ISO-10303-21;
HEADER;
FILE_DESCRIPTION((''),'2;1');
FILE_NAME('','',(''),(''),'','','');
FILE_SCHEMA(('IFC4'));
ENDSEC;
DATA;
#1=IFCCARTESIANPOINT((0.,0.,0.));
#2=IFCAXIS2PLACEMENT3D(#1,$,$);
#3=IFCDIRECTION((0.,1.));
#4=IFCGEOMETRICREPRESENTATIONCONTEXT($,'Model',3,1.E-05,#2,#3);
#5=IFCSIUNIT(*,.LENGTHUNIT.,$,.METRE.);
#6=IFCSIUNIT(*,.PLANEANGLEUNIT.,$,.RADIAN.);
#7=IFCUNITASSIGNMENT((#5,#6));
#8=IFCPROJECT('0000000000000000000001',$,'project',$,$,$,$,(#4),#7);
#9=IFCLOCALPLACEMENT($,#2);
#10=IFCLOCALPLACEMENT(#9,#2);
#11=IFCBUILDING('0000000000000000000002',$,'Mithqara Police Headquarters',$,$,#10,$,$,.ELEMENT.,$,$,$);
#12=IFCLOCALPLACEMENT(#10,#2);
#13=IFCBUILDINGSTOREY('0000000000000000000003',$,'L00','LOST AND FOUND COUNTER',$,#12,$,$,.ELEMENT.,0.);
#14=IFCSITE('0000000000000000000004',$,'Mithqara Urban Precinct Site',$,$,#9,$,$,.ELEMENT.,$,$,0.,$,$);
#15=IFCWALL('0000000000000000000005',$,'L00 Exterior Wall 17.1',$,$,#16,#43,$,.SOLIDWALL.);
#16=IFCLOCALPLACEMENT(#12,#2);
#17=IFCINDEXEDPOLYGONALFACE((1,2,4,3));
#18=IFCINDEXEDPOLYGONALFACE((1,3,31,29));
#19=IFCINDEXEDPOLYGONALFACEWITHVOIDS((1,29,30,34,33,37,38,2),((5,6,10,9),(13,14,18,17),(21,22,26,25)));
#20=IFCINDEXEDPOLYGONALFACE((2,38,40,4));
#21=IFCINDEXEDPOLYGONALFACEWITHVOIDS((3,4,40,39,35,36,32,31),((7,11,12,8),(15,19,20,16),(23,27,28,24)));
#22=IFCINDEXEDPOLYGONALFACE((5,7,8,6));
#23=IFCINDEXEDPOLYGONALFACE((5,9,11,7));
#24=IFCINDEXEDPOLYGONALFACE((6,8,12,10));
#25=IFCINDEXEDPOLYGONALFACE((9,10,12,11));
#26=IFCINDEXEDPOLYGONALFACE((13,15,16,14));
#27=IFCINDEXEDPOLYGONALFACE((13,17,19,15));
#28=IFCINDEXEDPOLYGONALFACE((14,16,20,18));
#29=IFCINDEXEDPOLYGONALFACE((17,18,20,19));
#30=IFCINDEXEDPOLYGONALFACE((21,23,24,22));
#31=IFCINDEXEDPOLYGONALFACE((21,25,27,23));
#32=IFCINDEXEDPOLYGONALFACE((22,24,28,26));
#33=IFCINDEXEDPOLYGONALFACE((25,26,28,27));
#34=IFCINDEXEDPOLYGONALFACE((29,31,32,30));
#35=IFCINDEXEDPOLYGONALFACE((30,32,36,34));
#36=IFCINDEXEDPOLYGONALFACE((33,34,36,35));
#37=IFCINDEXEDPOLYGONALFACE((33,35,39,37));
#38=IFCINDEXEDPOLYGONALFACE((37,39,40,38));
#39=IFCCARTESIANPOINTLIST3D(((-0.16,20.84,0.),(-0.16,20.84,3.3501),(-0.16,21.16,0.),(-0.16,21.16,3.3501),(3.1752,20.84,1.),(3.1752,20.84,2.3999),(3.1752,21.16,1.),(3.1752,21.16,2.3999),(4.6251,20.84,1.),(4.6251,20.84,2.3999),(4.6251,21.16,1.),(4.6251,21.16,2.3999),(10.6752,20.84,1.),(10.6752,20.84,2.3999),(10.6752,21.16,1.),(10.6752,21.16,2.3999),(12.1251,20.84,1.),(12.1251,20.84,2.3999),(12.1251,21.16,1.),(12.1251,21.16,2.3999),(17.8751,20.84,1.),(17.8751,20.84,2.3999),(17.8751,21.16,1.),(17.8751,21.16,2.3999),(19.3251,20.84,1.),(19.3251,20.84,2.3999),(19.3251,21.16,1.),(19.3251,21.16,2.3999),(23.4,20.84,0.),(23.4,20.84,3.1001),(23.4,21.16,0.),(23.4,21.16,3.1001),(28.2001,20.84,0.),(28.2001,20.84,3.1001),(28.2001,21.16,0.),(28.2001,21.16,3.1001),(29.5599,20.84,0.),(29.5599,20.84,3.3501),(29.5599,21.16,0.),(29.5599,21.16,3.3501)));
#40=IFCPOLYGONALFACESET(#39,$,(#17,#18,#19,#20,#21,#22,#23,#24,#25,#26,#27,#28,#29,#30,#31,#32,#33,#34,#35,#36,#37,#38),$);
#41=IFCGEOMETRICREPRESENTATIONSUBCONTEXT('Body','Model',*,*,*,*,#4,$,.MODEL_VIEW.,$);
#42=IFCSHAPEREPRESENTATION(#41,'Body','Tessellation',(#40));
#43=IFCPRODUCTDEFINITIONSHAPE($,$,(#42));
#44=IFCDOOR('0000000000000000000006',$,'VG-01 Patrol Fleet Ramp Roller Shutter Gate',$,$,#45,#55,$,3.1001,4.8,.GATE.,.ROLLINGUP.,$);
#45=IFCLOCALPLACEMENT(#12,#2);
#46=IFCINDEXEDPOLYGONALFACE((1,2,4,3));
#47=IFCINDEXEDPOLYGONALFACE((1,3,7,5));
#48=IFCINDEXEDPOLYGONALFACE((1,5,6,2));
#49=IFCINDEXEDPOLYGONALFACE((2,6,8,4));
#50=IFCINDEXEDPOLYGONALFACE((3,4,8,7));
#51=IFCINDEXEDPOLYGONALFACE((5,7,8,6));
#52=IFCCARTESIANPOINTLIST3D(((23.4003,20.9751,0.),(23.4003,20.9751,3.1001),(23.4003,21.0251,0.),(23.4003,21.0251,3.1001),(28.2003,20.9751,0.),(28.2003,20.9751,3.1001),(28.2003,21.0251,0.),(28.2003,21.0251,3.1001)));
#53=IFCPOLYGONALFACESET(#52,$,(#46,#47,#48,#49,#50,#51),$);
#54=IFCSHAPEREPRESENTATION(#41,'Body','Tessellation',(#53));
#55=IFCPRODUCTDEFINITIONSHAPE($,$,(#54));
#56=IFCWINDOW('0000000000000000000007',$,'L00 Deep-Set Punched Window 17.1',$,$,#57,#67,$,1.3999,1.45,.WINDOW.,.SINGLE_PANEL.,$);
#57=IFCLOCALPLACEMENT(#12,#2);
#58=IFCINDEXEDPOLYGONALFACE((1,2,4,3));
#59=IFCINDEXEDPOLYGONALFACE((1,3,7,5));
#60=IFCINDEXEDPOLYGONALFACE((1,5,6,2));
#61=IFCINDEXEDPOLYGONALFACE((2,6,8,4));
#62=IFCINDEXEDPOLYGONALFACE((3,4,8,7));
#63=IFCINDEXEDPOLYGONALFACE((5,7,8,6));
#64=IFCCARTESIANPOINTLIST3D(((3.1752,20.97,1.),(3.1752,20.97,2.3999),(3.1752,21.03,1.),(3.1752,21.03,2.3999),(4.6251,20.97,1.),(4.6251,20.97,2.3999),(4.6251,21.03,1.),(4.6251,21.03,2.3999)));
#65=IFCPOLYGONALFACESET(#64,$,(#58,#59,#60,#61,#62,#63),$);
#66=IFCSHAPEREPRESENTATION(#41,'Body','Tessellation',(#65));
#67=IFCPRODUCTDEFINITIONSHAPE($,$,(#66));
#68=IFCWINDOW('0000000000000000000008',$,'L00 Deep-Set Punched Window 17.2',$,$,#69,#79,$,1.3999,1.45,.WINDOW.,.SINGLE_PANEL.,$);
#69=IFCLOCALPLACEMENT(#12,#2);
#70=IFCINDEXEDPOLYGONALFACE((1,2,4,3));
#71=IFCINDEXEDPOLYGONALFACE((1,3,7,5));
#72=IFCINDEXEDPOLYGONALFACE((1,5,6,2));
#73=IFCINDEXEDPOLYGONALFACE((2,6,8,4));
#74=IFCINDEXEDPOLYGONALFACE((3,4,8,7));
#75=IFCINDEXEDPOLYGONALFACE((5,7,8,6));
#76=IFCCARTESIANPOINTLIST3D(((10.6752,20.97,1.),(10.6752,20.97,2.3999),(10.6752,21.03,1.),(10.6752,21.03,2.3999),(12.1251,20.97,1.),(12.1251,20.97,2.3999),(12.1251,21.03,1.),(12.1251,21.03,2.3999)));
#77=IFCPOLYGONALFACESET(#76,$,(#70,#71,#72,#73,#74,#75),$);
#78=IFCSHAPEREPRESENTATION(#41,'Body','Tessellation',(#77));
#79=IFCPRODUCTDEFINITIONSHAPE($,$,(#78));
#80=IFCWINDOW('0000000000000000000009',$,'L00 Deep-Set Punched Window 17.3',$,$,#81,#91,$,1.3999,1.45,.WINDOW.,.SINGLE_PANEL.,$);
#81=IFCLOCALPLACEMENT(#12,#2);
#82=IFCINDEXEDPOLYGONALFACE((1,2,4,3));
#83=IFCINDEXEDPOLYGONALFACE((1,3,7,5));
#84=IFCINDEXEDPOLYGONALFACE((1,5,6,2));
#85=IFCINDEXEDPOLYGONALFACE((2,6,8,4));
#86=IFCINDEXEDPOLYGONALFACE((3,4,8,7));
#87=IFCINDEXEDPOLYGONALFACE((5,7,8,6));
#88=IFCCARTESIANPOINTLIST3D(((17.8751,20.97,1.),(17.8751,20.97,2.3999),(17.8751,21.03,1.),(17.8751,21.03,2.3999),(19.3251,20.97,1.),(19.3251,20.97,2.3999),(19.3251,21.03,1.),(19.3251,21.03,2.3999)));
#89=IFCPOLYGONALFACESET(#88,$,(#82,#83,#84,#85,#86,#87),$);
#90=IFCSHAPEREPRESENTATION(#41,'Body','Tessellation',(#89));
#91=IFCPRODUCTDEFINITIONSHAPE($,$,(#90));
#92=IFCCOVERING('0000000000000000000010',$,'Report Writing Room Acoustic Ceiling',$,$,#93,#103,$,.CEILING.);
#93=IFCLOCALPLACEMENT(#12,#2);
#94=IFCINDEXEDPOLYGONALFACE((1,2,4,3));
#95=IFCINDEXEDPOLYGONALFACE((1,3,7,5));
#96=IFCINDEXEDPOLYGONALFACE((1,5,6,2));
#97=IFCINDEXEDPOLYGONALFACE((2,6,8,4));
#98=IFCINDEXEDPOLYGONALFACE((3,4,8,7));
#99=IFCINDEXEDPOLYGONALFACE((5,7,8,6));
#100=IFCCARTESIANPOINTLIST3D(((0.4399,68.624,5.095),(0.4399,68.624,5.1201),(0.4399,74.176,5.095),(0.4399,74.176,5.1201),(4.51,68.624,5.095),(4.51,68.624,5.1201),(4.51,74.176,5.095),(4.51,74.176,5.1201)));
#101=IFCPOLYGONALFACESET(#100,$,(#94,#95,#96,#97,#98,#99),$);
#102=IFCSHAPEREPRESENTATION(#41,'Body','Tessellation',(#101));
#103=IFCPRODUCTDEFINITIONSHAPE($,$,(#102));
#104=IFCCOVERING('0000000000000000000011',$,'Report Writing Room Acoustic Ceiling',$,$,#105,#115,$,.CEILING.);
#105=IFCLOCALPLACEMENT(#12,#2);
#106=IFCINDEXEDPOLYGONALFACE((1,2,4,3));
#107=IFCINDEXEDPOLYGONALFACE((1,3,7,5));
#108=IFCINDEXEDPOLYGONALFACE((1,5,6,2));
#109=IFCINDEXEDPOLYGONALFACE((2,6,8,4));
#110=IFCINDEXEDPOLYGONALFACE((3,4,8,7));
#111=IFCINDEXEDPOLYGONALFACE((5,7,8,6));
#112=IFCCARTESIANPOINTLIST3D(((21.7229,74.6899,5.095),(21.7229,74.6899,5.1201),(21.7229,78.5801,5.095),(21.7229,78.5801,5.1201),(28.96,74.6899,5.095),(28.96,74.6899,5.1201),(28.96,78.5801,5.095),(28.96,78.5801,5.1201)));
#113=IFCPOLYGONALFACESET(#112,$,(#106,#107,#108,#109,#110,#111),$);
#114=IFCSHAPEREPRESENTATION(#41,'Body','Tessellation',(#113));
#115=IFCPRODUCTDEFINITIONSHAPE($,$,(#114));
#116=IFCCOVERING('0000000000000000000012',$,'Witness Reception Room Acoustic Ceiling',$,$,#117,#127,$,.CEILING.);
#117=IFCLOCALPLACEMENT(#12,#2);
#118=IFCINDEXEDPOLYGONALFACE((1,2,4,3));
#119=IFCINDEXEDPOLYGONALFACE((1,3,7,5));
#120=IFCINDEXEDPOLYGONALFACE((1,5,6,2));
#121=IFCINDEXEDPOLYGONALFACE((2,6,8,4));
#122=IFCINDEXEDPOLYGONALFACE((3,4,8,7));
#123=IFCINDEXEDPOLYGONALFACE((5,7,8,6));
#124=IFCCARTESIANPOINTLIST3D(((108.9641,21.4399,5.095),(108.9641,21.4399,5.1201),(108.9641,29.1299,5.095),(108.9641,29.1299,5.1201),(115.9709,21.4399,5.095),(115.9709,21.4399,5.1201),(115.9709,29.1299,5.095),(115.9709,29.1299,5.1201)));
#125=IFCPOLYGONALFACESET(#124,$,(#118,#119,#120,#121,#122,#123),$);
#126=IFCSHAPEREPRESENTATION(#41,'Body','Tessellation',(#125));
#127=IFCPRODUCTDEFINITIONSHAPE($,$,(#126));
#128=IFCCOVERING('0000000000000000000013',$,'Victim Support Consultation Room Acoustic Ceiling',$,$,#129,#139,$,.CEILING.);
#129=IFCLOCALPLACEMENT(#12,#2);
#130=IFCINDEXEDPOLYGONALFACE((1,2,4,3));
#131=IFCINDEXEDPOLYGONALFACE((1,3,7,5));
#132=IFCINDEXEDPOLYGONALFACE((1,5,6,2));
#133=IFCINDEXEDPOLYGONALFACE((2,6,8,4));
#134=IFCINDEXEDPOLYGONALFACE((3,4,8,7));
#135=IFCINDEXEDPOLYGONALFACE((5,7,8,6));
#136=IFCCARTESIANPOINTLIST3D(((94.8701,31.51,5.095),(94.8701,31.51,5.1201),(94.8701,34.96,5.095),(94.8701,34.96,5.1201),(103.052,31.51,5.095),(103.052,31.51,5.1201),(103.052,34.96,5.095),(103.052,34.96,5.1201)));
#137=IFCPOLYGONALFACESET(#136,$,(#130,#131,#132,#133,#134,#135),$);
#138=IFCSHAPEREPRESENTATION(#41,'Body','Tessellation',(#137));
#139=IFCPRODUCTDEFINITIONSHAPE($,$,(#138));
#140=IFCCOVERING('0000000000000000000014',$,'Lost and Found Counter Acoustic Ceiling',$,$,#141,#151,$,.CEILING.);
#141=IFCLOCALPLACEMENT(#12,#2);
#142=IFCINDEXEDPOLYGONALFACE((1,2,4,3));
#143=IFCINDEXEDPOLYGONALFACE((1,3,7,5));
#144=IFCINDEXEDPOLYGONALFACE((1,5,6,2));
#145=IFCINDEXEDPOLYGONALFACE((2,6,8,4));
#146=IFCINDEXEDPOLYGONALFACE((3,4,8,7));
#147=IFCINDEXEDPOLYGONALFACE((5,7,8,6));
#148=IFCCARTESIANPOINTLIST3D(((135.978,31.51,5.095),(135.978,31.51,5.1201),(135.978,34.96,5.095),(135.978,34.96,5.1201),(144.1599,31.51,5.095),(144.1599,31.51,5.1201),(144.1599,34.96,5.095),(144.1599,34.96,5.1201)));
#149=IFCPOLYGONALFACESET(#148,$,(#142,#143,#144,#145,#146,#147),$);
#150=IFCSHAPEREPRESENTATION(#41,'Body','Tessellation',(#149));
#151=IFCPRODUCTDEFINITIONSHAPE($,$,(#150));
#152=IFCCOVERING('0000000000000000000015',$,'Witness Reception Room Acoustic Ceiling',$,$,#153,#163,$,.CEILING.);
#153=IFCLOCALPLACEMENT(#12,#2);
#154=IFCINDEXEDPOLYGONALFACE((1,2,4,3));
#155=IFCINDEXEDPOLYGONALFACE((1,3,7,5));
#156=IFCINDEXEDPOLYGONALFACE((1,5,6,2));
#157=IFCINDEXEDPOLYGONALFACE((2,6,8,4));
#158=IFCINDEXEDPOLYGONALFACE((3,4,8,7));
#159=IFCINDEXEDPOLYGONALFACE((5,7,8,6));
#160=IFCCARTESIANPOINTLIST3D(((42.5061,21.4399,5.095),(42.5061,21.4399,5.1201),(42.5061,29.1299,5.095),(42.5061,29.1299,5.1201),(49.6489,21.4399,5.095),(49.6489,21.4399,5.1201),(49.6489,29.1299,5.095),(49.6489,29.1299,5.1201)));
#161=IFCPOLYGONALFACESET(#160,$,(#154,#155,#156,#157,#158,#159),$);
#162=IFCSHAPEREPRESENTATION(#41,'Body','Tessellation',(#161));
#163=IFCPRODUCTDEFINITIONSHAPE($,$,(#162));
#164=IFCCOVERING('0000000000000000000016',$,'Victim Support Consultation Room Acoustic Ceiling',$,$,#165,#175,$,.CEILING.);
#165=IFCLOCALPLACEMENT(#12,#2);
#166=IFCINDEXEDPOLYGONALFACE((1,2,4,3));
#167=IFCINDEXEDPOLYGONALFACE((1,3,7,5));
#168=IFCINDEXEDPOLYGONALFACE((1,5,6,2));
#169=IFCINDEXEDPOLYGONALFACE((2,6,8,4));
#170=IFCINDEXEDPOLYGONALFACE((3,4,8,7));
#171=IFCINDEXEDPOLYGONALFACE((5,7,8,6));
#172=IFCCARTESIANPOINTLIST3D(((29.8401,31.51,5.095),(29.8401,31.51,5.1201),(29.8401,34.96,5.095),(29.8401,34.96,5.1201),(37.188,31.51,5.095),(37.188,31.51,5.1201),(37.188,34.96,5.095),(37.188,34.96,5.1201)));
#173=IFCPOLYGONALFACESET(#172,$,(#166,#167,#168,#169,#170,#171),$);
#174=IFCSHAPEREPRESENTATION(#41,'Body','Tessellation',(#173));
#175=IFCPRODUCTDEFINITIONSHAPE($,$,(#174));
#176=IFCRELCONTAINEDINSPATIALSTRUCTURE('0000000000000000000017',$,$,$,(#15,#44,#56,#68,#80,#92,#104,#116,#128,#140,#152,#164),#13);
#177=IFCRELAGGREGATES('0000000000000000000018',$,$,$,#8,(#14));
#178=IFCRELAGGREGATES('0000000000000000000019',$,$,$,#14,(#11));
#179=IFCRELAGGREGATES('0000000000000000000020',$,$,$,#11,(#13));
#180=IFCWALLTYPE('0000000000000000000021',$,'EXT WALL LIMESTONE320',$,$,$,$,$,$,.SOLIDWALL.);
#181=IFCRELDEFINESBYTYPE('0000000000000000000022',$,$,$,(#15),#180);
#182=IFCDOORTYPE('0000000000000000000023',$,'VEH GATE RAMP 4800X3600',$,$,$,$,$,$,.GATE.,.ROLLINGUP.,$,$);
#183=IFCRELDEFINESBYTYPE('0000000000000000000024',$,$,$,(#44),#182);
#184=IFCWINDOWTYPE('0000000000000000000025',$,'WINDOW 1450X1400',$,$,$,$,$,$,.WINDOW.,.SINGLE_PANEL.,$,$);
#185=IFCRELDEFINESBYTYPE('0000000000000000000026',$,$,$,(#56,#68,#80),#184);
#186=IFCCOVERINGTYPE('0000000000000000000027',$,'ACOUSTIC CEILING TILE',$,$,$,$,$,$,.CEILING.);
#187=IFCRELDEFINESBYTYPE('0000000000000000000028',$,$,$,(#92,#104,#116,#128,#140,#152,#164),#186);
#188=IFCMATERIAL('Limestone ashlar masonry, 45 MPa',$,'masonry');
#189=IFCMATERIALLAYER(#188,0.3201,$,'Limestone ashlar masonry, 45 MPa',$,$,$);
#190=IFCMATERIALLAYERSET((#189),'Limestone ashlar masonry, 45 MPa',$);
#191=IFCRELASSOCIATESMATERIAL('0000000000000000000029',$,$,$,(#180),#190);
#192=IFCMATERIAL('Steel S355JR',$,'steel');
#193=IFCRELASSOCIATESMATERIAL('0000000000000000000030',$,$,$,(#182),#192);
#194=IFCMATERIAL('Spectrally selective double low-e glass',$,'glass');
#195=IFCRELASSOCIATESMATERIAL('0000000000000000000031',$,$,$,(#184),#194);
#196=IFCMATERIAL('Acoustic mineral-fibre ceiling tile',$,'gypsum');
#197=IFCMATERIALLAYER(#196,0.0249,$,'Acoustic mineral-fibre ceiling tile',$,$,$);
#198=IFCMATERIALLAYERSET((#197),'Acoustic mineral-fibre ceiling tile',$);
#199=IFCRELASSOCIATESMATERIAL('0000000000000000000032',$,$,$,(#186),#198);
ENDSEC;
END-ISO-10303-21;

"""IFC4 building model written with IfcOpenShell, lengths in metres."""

from ifc_helpers import new_model, si_unit, direction, frame, frame_2d, origin, place, context, subcontext, project, spatial, polyline, rectangle, outline, extrude, material, layer, layer_set, type_object, element, fill, save


model = new_model("IFC4")

# Units and contexts
model_context = context("Model", 3, precision=1e-05, world=origin(), true_north=direction((0.0, 1.0)))
body_context = subcontext(model_context, "Body", "Model", "MODEL_VIEW")
ifc_project = project(units=[si_unit("LENGTHUNIT", "METRE"), si_unit("PLANEANGLEUNIT", "RADIAN")], contexts=[model_context])

# Site, building, storey
site_placement = place(None, origin())
site = spatial("IfcSite", under=ifc_project, at=site_placement, Name="Mithqara Urban Precinct Site", CompositionType="ELEMENT", RefElevation=0.0)
building_placement = place(site_placement, origin())
building = spatial("IfcBuilding", under=site, at=building_placement, Name="Mithqara Police Headquarters", CompositionType="ELEMENT")
storey_placement = place(building_placement, origin())
storey = spatial("IfcBuildingStorey", under=building, at=storey_placement, Name="L00", Description="LOST AND FOUND COUNTER", CompositionType="ELEMENT", Elevation=0.0)

# Wall, openings, door, windows
ifc_material_1 = material(Name="Limestone ashlar masonry, 45 MPa", Category="masonry")
ifc_layer_1 = layer(ifc_material_1, 0.3201, Name="Limestone ashlar masonry, 45 MPa")
ifc_layer_set_1 = layer_set([ifc_layer_1], Name="Limestone ashlar masonry, 45 MPa")
wall_type = type_object("IfcWallType", Name="EXT WALL LIMESTONE320", PredefinedType="SOLIDWALL", material=ifc_layer_set_1)
wall_placement = place(storey_placement, frame((-0.1599, 21.0, 0.0), z_axis=(0.0, 0.0, 1.0), x_axis=(1.0, 0.0, 0.0)))
wall = element("IfcWall", 1, at=wall_placement, inside=storey, type_object=wall_type, Name="L00 Exterior Wall 17.1", PredefinedType="SOLIDWALL", context=body_context, shape_type="SweptSolid", body=[
    extrude(rectangle(XDim=29.72, YDim=0.3201, at=frame_2d((14.8599, 0.0))), origin(), (0.0, 0.0, 1.0), 3.3501),
])
opening_1_placement = place(wall_placement, frame((23.5601, 0.0, 0.0)))
opening_1 = element("IfcOpeningElement", 2, at=opening_1_placement, cuts=wall, PredefinedType="OPENING", context=body_context, shape_type="SweptSolid", body=[
    extrude(rectangle(XDim=4.8, YDim=3.1001, at=frame_2d((2.3999, 1.55))), frame((0.0, 0.1699, 0.0), z_axis=(0.0, -1.0, 0.0), x_axis=(1.0, 0.0, 0.0)), (0.0, 0.0, 1.0), 0.3401),
])
opening_2_placement = place(wall_placement, frame((3.335, 0.0, 1.0)))
opening_2 = element("IfcOpeningElement", 3, at=opening_2_placement, cuts=wall, PredefinedType="OPENING", context=body_context, shape_type="SweptSolid", body=[
    extrude(rectangle(XDim=1.45, YDim=1.3999, at=frame_2d((0.7251, 0.7))), frame((0.0, 0.1699, 0.0), z_axis=(0.0, -1.0, 0.0), x_axis=(1.0, 0.0, 0.0)), (0.0, 0.0, 1.0), 0.3401),
])
opening_3_placement = place(wall_placement, frame((10.835, 0.0, 1.0)))
opening_3 = element("IfcOpeningElement", 4, at=opening_3_placement, cuts=wall, PredefinedType="OPENING", context=body_context, shape_type="SweptSolid", body=[
    extrude(rectangle(XDim=1.45, YDim=1.3999, at=frame_2d((0.7251, 0.7))), frame((0.0, 0.1699, 0.0), z_axis=(0.0, -1.0, 0.0), x_axis=(1.0, 0.0, 0.0)), (0.0, 0.0, 1.0), 0.3401),
])
opening_4_placement = place(wall_placement, frame((18.0349, 0.0, 1.0)))
opening_4 = element("IfcOpeningElement", 5, at=opening_4_placement, cuts=wall, PredefinedType="OPENING", context=body_context, shape_type="SweptSolid", body=[
    extrude(rectangle(XDim=1.45, YDim=1.3999, at=frame_2d((0.7251, 0.7))), frame((0.0, 0.1699, 0.0), z_axis=(0.0, -1.0, 0.0), x_axis=(1.0, 0.0, 0.0)), (0.0, 0.0, 1.0), 0.3401),
])
ifc_material_2 = material(Name="Steel S355JR", Category="steel")
door_type = type_object("IfcDoorType", Name="VEH GATE RAMP 4800X3600", OperationType="ROLLINGUP", PredefinedType="GATE", material=ifc_material_2)
door_placement = place(opening_1_placement, frame((4.8, 0.0, 0.0), z_axis=(0.0, 0.0, 1.0), x_axis=(-1.0, 0.0, 0.0)))
door = element("IfcDoor", 6, at=door_placement, inside=storey, type_object=door_type, Name="VG-01 Patrol Fleet Ramp Roller Shutter Gate", OperationType="ROLLINGUP", OverallHeight=3.1001, OverallWidth=4.8, PredefinedType="GATE", context=body_context, shape_type="SweptSolid", body=[
    extrude(rectangle(XDim=4.8, YDim=3.1001, at=frame_2d((2.3999, 1.55))), frame((0.0, 0.0249, 0.0), z_axis=(0.0, -1.0, 0.0), x_axis=(1.0, 0.0, 0.0)), (0.0, 0.0, 1.0), 0.05),
])
fill(opening_1, door)
ifc_material_3 = material(Name="Spectrally selective double low-e glass", Category="glass")
window_type = type_object("IfcWindowType", Name="WINDOW 1450X1400", PartitioningType="SINGLE_PANEL", PredefinedType="WINDOW", material=ifc_material_3)
window_1_placement = place(opening_2_placement, origin())
window_1 = element("IfcWindow", 7, at=window_1_placement, inside=storey, type_object=window_type, Name="L00 Deep-Set Punched Window 17.1", OverallHeight=1.3999, OverallWidth=1.45, PartitioningType="SINGLE_PANEL", PredefinedType="WINDOW", context=body_context, shape_type="SweptSolid", body=[
    extrude(rectangle(XDim=1.45, YDim=1.3999, at=frame_2d((0.7251, 0.7))), frame((0.0, 0.03, 0.0), z_axis=(0.0, -1.0, 0.0), x_axis=(1.0, 0.0, 0.0)), (0.0, 0.0, 1.0), 0.0601),
])
fill(opening_2, window_1)
window_2_placement = place(opening_3_placement, origin())
window_2 = element("IfcWindow", 8, at=window_2_placement, inside=storey, type_object=window_type, Name="L00 Deep-Set Punched Window 17.2", OverallHeight=1.3999, OverallWidth=1.45, PartitioningType="SINGLE_PANEL", PredefinedType="WINDOW", context=body_context, shape_type="SweptSolid", body=[
    extrude(rectangle(XDim=1.45, YDim=1.3999, at=frame_2d((0.7251, 0.7))), frame((0.0, 0.03, 0.0), z_axis=(0.0, -1.0, 0.0), x_axis=(1.0, 0.0, 0.0)), (0.0, 0.0, 1.0), 0.0601),
])
fill(opening_3, window_2)
window_3_placement = place(opening_4_placement, origin())
window_3 = element("IfcWindow", 9, at=window_3_placement, inside=storey, type_object=window_type, Name="L00 Deep-Set Punched Window 17.3", OverallHeight=1.3999, OverallWidth=1.45, PartitioningType="SINGLE_PANEL", PredefinedType="WINDOW", context=body_context, shape_type="SweptSolid", body=[
    extrude(rectangle(XDim=1.45, YDim=1.3999, at=frame_2d((0.7251, 0.7))), frame((0.0, 0.03, 0.0), z_axis=(0.0, -1.0, 0.0), x_axis=(1.0, 0.0, 0.0)), (0.0, 0.0, 1.0), 0.0601),
])
fill(opening_4, window_3)

# Coverings
ifc_material_4 = material(Name="Acoustic mineral-fibre ceiling tile", Category="gypsum")
ifc_layer_2 = layer(ifc_material_4, 0.0249, Name="Acoustic mineral-fibre ceiling tile")
ifc_layer_set_2 = layer_set([ifc_layer_2], Name="Acoustic mineral-fibre ceiling tile")
covering_type_1 = type_object("IfcCoveringType", Name="ACOUSTIC CEILING TILE", PredefinedType="CEILING", material=ifc_layer_set_2)
covering_1_placement = place(storey_placement, frame((0.0, 0.0, 5.095)))
element("IfcCovering", 10, at=covering_1_placement, inside=storey, type_object=covering_type_1, Name="Report Writing Room Acoustic Ceiling", PredefinedType="CEILING", context=body_context, shape_type="SweptSolid", body=[
    extrude(outline(polyline([(0.4399, 68.624), (4.51, 68.624), (4.51, 74.176), (0.4399, 74.176), (0.4399, 68.624)])), origin(), (0.0, 0.0, 1.0), 0.0251),
])
covering_2_placement = place(storey_placement, frame((0.0, 0.0, 5.095)))
element("IfcCovering", 11, at=covering_2_placement, inside=storey, type_object=covering_type_1, Name="Report Writing Room Acoustic Ceiling", PredefinedType="CEILING", context=body_context, shape_type="SweptSolid", body=[
    extrude(outline(polyline([(21.7229, 74.6899), (28.96, 74.6899), (28.96, 78.5801), (21.7229, 78.5801), (21.7229, 74.6899)])), origin(), (0.0, 0.0, 1.0), 0.0251),
])
covering_3_placement = place(storey_placement, frame((0.0, 0.0, 5.095)))
element("IfcCovering", 12, at=covering_3_placement, inside=storey, type_object=covering_type_1, Name="Witness Reception Room Acoustic Ceiling", PredefinedType="CEILING", context=body_context, shape_type="SweptSolid", body=[
    extrude(outline(polyline([(108.9641, 21.4399), (115.9709, 21.4399), (115.9709, 29.1299), (108.9641, 29.1299), (108.9641, 21.4399)])), origin(), (0.0, 0.0, 1.0), 0.0251),
])
covering_4_placement = place(storey_placement, frame((0.0, 0.0, 5.095)))
element("IfcCovering", 13, at=covering_4_placement, inside=storey, type_object=covering_type_1, Name="Victim Support Consultation Room Acoustic Ceiling", PredefinedType="CEILING", context=body_context, shape_type="SweptSolid", body=[
    extrude(outline(polyline([(94.8701, 31.51), (103.052, 31.51), (103.052, 34.96), (94.8701, 34.96), (94.8701, 31.51)])), origin(), (0.0, 0.0, 1.0), 0.0251),
])
covering_5_placement = place(storey_placement, frame((0.0, 0.0, 5.095)))
element("IfcCovering", 14, at=covering_5_placement, inside=storey, type_object=covering_type_1, Name="Lost and Found Counter Acoustic Ceiling", PredefinedType="CEILING", context=body_context, shape_type="SweptSolid", body=[
    extrude(outline(polyline([(135.978, 31.51), (144.1599, 31.51), (144.1599, 34.96), (135.978, 34.96), (135.978, 31.51)])), origin(), (0.0, 0.0, 1.0), 0.0251),
])
covering_6_placement = place(storey_placement, frame((0.0, 0.0, 5.095)))
element("IfcCovering", 15, at=covering_6_placement, inside=storey, type_object=covering_type_1, Name="Witness Reception Room Acoustic Ceiling", PredefinedType="CEILING", context=body_context, shape_type="SweptSolid", body=[
    extrude(outline(polyline([(42.5061, 21.4399), (49.6489, 21.4399), (49.6489, 29.1299), (42.5061, 29.1299), (42.5061, 21.4399)])), origin(), (0.0, 0.0, 1.0), 0.0251),
])
covering_7_placement = place(storey_placement, frame((0.0, 0.0, 5.095)))
element("IfcCovering", 16, at=covering_7_placement, inside=storey, type_object=covering_type_1, Name="Victim Support Consultation Room Acoustic Ceiling", PredefinedType="CEILING", context=body_context, shape_type="SweptSolid", body=[
    extrude(outline(polyline([(29.8401, 31.51), (37.188, 31.51), (37.188, 34.96), (29.8401, 34.96), (29.8401, 31.51)])), origin(), (0.0, 0.0, 1.0), 0.0251),
])

save(model, "model.ifc")
